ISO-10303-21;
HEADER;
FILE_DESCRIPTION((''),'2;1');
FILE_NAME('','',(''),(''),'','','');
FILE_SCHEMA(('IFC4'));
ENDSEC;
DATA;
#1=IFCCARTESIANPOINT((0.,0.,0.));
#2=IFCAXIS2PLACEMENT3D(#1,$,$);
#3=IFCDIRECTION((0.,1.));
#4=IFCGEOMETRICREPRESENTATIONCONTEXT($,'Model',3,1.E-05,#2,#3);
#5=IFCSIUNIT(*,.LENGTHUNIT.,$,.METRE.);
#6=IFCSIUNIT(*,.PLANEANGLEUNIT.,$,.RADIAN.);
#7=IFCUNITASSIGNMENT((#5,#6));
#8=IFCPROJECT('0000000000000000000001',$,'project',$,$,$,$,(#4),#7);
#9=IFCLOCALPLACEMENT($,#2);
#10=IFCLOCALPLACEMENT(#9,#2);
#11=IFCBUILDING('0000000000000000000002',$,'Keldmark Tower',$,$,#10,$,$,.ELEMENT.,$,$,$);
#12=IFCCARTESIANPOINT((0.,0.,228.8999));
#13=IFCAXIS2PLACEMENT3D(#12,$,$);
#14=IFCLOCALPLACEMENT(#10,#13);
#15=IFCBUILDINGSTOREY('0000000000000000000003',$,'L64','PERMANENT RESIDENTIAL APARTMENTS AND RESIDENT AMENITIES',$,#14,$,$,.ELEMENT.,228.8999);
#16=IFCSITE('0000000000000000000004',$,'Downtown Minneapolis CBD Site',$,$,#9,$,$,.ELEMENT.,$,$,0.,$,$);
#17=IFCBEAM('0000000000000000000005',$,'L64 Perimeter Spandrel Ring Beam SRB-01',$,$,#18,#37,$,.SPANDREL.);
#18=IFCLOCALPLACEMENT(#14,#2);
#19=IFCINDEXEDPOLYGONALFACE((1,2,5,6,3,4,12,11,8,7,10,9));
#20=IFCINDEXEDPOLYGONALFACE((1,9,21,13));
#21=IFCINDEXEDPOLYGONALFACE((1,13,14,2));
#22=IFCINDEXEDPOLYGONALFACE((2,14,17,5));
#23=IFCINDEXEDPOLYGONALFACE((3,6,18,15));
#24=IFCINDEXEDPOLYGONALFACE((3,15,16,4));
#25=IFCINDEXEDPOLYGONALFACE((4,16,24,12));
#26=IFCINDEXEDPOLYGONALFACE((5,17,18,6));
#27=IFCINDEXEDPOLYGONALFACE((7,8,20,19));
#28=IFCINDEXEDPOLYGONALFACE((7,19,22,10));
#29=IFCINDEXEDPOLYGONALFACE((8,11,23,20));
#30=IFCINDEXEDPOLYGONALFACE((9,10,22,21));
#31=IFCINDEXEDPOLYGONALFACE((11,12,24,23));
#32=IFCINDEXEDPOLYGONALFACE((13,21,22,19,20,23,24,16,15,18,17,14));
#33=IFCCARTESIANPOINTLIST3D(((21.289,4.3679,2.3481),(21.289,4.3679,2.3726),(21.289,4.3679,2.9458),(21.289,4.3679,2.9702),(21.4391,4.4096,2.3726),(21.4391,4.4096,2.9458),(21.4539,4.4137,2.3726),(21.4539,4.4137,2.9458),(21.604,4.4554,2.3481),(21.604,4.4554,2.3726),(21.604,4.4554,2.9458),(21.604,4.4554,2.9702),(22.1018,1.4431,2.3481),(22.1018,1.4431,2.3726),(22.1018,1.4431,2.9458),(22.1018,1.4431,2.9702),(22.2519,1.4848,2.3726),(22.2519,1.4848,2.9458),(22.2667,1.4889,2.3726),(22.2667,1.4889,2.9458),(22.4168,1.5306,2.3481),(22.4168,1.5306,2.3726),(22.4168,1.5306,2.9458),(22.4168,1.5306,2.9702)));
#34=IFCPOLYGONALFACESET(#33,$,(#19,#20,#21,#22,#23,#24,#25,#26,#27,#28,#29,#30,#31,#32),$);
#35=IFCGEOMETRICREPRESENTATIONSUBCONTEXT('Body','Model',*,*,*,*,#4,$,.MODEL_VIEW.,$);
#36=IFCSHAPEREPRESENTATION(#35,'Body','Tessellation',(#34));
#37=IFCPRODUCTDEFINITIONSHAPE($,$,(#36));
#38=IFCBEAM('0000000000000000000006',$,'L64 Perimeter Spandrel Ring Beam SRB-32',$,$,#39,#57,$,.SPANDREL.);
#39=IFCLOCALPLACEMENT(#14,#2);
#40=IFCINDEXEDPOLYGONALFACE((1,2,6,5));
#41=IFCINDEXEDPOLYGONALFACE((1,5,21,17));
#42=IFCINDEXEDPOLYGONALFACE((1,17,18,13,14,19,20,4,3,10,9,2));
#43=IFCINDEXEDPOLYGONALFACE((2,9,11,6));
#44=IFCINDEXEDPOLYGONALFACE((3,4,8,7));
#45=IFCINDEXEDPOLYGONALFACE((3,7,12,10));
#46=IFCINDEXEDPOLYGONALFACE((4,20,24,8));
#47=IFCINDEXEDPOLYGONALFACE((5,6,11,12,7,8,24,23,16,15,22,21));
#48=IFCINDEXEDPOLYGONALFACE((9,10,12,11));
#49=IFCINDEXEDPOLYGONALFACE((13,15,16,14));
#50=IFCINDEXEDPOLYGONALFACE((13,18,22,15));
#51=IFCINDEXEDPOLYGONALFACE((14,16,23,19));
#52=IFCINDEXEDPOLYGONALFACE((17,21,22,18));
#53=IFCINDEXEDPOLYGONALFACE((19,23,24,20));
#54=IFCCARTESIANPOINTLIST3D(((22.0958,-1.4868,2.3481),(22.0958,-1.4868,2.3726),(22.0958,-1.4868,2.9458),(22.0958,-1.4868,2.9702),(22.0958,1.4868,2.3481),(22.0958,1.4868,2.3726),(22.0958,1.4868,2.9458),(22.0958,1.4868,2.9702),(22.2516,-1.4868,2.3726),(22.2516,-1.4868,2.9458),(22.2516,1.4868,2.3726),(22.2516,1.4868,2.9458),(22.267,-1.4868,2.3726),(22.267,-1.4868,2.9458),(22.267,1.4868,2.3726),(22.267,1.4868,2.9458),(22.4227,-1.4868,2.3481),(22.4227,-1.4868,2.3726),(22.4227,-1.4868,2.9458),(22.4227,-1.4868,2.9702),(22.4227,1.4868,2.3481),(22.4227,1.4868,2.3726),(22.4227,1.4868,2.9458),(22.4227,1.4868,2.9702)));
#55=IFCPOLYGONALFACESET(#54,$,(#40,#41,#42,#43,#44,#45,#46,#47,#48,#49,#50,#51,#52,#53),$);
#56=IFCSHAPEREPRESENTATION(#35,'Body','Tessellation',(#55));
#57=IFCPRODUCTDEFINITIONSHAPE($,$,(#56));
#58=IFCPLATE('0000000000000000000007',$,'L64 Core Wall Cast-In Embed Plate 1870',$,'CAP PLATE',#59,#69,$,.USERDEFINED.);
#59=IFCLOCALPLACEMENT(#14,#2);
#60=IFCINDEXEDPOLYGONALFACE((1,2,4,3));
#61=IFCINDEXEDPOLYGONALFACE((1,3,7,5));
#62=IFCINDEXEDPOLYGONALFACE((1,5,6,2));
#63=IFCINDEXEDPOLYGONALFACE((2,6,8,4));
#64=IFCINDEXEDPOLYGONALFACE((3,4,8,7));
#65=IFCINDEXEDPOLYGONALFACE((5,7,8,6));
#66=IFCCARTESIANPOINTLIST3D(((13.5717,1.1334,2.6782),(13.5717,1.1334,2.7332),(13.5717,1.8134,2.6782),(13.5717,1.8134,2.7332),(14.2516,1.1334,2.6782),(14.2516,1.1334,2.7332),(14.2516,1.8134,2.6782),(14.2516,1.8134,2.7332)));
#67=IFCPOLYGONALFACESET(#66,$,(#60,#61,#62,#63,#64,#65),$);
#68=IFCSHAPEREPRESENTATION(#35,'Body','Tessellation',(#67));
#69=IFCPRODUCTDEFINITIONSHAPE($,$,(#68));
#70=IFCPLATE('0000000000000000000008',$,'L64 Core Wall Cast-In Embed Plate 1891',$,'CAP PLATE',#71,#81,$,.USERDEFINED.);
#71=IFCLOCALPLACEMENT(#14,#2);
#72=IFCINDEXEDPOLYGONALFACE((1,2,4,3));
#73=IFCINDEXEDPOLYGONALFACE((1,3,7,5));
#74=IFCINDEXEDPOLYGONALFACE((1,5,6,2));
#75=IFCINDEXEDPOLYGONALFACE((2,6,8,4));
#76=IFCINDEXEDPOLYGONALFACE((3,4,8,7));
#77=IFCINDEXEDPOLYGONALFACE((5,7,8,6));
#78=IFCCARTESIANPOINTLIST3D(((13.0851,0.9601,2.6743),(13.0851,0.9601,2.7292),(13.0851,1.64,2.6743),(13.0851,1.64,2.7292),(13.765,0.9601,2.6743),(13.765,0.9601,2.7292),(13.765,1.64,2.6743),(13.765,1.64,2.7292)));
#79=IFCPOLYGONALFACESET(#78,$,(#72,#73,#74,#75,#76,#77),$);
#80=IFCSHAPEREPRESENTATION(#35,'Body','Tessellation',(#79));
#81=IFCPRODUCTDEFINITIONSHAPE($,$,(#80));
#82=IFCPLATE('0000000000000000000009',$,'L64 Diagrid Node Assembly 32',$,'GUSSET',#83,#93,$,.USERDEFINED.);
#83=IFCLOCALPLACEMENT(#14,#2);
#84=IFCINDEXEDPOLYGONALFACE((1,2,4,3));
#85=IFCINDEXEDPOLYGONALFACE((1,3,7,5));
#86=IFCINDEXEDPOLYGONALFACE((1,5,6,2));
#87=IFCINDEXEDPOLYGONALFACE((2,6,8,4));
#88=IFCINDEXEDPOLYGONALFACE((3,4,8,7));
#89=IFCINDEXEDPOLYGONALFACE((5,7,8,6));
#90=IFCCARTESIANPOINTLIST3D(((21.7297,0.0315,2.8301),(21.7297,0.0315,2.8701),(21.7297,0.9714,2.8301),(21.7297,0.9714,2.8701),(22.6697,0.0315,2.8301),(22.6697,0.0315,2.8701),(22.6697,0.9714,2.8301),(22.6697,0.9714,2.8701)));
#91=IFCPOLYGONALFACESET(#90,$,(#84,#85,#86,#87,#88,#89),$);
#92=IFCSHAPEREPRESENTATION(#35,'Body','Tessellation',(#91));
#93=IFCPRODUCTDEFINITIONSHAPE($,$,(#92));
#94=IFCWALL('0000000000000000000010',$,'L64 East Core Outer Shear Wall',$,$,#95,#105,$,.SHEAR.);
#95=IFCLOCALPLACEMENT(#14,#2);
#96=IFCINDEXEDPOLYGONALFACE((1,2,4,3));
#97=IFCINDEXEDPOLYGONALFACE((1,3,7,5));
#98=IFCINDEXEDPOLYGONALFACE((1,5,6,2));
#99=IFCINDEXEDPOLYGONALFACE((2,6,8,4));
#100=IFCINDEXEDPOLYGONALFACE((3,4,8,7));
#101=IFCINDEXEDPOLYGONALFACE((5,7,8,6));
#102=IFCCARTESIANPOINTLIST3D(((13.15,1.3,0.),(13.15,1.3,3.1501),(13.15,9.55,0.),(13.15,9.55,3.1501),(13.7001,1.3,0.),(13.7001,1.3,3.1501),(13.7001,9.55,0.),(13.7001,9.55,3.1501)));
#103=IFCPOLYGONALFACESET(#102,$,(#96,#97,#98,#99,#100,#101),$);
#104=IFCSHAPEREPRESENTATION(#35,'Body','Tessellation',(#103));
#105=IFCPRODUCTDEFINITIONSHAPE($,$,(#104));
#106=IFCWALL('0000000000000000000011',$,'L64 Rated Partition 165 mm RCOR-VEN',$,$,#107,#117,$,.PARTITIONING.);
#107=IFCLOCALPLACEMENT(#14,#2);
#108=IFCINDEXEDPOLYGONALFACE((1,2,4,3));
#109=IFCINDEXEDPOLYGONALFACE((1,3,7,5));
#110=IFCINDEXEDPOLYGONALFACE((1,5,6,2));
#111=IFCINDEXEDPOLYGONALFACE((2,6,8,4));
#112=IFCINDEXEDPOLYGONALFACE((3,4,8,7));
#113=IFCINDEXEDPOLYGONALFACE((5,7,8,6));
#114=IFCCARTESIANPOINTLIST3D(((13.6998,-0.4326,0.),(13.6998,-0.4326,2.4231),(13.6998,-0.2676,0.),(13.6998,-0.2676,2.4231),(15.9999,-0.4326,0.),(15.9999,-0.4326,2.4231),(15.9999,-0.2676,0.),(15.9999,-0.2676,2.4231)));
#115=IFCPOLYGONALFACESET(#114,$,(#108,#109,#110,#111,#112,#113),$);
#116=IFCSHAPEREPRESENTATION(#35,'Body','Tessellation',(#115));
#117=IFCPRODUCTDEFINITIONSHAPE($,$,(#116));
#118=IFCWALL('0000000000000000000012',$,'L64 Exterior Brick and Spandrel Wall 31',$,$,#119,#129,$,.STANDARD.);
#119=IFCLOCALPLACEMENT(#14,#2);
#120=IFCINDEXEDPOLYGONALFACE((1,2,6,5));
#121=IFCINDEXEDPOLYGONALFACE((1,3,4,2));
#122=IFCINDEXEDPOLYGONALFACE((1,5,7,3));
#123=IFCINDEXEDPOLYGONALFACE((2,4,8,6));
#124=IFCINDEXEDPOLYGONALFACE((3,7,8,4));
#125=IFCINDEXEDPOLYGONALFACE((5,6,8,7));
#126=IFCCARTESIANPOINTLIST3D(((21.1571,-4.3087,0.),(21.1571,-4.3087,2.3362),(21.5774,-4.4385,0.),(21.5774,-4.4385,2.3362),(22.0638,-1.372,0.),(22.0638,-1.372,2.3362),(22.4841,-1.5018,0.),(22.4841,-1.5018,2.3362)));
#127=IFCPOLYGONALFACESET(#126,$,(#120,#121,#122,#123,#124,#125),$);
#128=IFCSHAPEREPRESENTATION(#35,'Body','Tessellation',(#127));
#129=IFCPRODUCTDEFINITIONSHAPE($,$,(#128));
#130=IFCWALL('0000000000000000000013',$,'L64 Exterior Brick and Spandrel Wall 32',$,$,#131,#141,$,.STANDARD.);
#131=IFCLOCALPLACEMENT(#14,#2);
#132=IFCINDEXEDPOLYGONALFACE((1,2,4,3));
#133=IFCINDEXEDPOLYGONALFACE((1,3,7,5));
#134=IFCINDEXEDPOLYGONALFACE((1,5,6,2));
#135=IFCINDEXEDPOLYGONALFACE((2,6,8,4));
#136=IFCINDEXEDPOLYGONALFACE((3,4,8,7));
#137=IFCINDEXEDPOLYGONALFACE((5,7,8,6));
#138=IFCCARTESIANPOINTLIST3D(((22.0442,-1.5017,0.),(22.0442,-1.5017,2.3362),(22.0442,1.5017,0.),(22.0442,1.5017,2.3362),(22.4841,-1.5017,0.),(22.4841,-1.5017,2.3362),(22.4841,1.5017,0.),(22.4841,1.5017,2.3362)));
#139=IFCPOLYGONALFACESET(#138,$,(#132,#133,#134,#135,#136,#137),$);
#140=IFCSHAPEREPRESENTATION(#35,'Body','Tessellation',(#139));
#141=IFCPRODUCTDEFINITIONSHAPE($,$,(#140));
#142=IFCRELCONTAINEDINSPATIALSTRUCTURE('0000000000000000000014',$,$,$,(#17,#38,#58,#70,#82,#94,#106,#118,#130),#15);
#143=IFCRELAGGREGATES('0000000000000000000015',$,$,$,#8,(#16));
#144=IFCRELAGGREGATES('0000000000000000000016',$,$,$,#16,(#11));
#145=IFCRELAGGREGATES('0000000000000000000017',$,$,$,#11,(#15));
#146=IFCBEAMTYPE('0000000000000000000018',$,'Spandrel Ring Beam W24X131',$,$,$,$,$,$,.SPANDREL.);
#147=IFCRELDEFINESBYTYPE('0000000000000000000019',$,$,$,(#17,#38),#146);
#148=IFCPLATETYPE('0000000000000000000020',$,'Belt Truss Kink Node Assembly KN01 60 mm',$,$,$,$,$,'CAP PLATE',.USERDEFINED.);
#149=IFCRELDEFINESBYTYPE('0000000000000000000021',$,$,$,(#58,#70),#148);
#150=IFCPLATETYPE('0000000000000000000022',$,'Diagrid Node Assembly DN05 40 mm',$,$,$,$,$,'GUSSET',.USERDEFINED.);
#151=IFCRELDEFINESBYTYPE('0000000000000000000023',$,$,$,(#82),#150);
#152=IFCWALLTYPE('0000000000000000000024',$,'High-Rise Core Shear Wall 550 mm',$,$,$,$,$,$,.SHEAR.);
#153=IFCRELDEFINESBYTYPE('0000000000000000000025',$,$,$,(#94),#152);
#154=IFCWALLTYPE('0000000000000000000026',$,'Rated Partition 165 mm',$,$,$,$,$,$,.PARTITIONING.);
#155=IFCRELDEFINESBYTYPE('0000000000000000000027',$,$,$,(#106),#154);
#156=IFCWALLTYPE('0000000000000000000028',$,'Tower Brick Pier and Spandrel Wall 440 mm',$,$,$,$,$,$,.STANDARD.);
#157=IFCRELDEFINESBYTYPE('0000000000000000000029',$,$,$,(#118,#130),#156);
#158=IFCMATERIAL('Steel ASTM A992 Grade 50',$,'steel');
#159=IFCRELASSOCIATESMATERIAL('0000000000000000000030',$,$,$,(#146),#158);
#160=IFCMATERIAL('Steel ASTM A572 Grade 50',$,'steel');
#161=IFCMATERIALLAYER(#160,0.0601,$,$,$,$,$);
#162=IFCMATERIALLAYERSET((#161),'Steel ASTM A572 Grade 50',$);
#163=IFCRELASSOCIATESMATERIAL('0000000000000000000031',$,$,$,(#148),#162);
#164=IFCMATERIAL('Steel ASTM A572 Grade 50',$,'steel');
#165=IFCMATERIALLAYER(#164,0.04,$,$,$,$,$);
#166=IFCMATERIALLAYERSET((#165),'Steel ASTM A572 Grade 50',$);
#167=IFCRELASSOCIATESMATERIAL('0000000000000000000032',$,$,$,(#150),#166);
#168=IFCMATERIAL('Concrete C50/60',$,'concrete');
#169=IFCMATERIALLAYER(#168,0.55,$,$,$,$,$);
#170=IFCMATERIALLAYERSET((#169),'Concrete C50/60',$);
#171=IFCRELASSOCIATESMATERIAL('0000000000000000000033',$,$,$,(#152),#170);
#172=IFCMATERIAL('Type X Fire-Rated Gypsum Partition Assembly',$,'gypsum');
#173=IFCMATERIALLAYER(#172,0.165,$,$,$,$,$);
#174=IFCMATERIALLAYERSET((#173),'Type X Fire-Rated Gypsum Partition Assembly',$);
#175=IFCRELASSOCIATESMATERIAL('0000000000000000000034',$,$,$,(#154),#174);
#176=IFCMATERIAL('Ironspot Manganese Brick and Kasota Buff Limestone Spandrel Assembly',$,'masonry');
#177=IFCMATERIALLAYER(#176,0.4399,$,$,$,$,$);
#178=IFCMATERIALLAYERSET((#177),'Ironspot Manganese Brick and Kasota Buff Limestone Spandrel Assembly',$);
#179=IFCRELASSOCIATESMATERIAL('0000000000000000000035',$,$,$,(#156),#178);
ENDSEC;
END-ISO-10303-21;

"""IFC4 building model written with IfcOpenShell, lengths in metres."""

from ifc_helpers import new_model, si_unit, direction, frame, frame_2d, origin, origin_2d, place, context, subcontext, project, spatial, rectangle, i_section, extrude, material, layer, layer_set, material_profile, profile_set, type_object, element, save


model = new_model("IFC4")

# Units and contexts
model_context = context("Model", 3, precision=1e-05, world=origin(), true_north=direction((0.0, 1.0)))
body_context = subcontext(model_context, "Body", "Model", "MODEL_VIEW")
ifc_project = project(units=[si_unit("LENGTHUNIT", "METRE"), si_unit("PLANEANGLEUNIT", "RADIAN")], contexts=[model_context])

# Site, building, storey
site_placement = place(None, origin())
site = spatial("IfcSite", under=ifc_project, at=site_placement, Name="Downtown Minneapolis CBD Site", CompositionType="ELEMENT", RefElevation=0.0)
building_placement = place(site_placement, origin())
building = spatial("IfcBuilding", under=site, at=building_placement, Name="Keldmark Tower", CompositionType="ELEMENT")
storey_placement = place(building_placement, frame((0.0, 0.0, 228.8999)))
storey = spatial("IfcBuildingStorey", under=building, at=storey_placement, Name="L64", Description="PERMANENT RESIDENTIAL APARTMENTS AND RESIDENT AMENITIES", CompositionType="ELEMENT", Elevation=228.8999)

# Beams
ifc_material_1 = material(Name="Steel ASTM A992 Grade 50", Category="steel")
ifc_material_profile_1 = material_profile(ifc_material_1, i_section(OverallWidth=0.3269, OverallDepth=0.6221, WebThickness=0.0154, FlangeThickness=0.0244, at=origin_2d()), Name="W24X131")
ifc_profile_set_1 = profile_set([ifc_material_profile_1], Name="Steel ASTM A992 Grade 50")
beam_type_1 = type_object("IfcBeamType", Name="Spandrel Ring Beam W24X131", PredefinedType="SPANDREL", material=ifc_profile_set_1)
beam_1_placement = place(storey_placement, frame((22.2593, 1.4868, 2.6592), z_axis=(-0.267735, 0.963493, 0.0), x_axis=(-0.963493, -0.267735, 0.0)))
element("IfcBeam", 1, at=beam_1_placement, inside=storey, type_object=beam_type_1, Name="L64 Perimeter Spandrel Ring Beam SRB-01", PredefinedType="SPANDREL", context=body_context, shape_type="SweptSolid", body=[
    extrude(i_section(OverallWidth=0.3269, OverallDepth=0.6221, WebThickness=0.0154, FlangeThickness=0.0244, at=origin_2d()), origin(), (0.0, 0.0, 1.0), 3.0356),
])
beam_2_placement = place(storey_placement, frame((22.2593, -1.4868, 2.6592), z_axis=(0.0, 1.0, 0.0), x_axis=(-1.0, 0.0, 0.0)))
element("IfcBeam", 2, at=beam_2_placement, inside=storey, type_object=beam_type_1, Name="L64 Perimeter Spandrel Ring Beam SRB-32", PredefinedType="SPANDREL", context=body_context, shape_type="SweptSolid", body=[
    extrude(i_section(OverallWidth=0.3269, OverallDepth=0.6221, WebThickness=0.0154, FlangeThickness=0.0244, at=origin_2d()), origin(), (0.0, 0.0, 1.0), 2.9736),
])

# Plates
ifc_material_2 = material(Name="Steel ASTM A572 Grade 50", Category="steel")
ifc_layer_1 = layer(ifc_material_2, 0.0601)
ifc_layer_set_1 = layer_set([ifc_layer_1], Name="Steel ASTM A572 Grade 50")
plate_type_1 = type_object("IfcPlateType", Name="Belt Truss Kink Node Assembly KN01 60 mm", ElementType="CAP PLATE", PredefinedType="USERDEFINED", material=ifc_layer_set_1)
for number, where, z_axis, x_axis, name in (
    (3, (13.9116, 1.4734, 2.6782), (0.0, 0.0, 1.0), (1.0, 0.0, 0.0), "L64 Core Wall Cast-In Embed Plate 1870"),
    (4, (13.425, 1.3, 2.6743), (0.0, 0.0, 1.0), (1.0, 0.0, 0.0), "L64 Core Wall Cast-In Embed Plate 1891"),
):
    element("IfcPlate", number, at=place(storey_placement, frame(where, z_axis=z_axis, x_axis=x_axis)), inside=storey, type_object=plate_type_1, Name=name, ObjectType="CAP PLATE", PredefinedType="USERDEFINED", context=body_context, shape_type="SweptSolid", body=[
        extrude(rectangle(XDim=0.6799, YDim=0.6799, at=origin_2d()), origin(), (0.0, 0.0, 1.0), 0.0549),
    ])
ifc_material_3 = material(Name="Steel ASTM A572 Grade 50", Category="steel")
ifc_layer_2 = layer(ifc_material_3, 0.04)
ifc_layer_set_2 = layer_set([ifc_layer_2], Name="Steel ASTM A572 Grade 50")
plate_type_2 = type_object("IfcPlateType", Name="Diagrid Node Assembly DN05 40 mm", ElementType="GUSSET", PredefinedType="USERDEFINED", material=ifc_layer_set_2)
plate_placement = place(storey_placement, frame((22.1997, 0.5015, 2.8301), z_axis=(0.0, 0.0, 1.0), x_axis=(0.0, 1.0, 0.0)))
element("IfcPlate", 5, at=plate_placement, inside=storey, type_object=plate_type_2, Name="L64 Diagrid Node Assembly 32", ObjectType="GUSSET", PredefinedType="USERDEFINED", context=body_context, shape_type="SweptSolid", body=[
    extrude(rectangle(XDim=0.9399, YDim=0.9399, at=origin_2d()), origin(), (0.0, 0.0, 1.0), 0.04),
])

# Wall
ifc_material_4 = material(Name="Concrete C50/60", Category="concrete")
ifc_layer_3 = layer(ifc_material_4, 0.55)
ifc_layer_set_3 = layer_set([ifc_layer_3], Name="Concrete C50/60")
wall_type_1 = type_object("IfcWallType", Name="High-Rise Core Shear Wall 550 mm", PredefinedType="SHEAR", material=ifc_layer_set_3)
wall_1_placement = place(storey_placement, frame((13.425, 1.3, 0.0), z_axis=(0.0, 0.0, 1.0), x_axis=(0.0, 1.0, 0.0)))
element("IfcWall", 6, at=wall_1_placement, inside=storey, type_object=wall_type_1, Name="L64 East Core Outer Shear Wall", PredefinedType="SHEAR", context=body_context, shape_type="SweptSolid", body=[
    extrude(rectangle(XDim=8.25, YDim=0.55, at=frame_2d((4.125, 0.0))), origin(), (0.0, 0.0, 1.0), 3.1501),
])

# Shared definitions
ifc_material_5 = material(Name="Type X Fire-Rated Gypsum Partition Assembly", Category="gypsum")
ifc_layer_4 = layer(ifc_material_5, 0.165)
ifc_layer_set_4 = layer_set([ifc_layer_4], Name="Type X Fire-Rated Gypsum Partition Assembly")
wall_type_2 = type_object("IfcWallType", Name="Rated Partition 165 mm", PredefinedType="PARTITIONING", material=ifc_layer_set_4)

# Walls
wall_2_placement = place(storey_placement, frame((13.7, -0.3501, 0.0), z_axis=(0.0, 0.0, 1.0), x_axis=(1.0, 0.0, 0.0)))
element("IfcWall", 7, at=wall_2_placement, inside=storey, type_object=wall_type_2, Name="L64 Rated Partition 165 mm RCOR-VEN", PredefinedType="PARTITIONING", context=body_context, shape_type="SweptSolid", body=[
    extrude(rectangle(XDim=2.3, YDim=0.165, at=frame_2d((1.1499, 0.0))), origin(), (0.0, 0.0, 1.0), 2.4231),
])
ifc_material_6 = material(Name="Ironspot Manganese Brick and Kasota Buff Limestone Spandrel Assembly", Category="masonry")
ifc_layer_5 = layer(ifc_material_6, 0.4399)
ifc_layer_set_5 = layer_set([ifc_layer_5], Name="Ironspot Manganese Brick and Kasota Buff Limestone Spandrel Assembly")
wall_type_3 = type_object("IfcWallType", Name="Tower Brick Pier and Spandrel Wall 440 mm", PredefinedType="STANDARD", material=ifc_layer_set_5)
wall_3_placement = place(storey_placement, frame((22.2739, -1.437, 0.0), z_axis=(0.0, 0.0, 1.0), x_axis=(-0.295012, -0.955493, 0.0)))
element("IfcWall", 8, at=wall_3_placement, inside=storey, type_object=wall_type_3, Name="L64 Exterior Brick and Spandrel Wall 31", PredefinedType="STANDARD", context=body_context, shape_type="SweptSolid", body=[
    extrude(rectangle(XDim=3.0735, YDim=0.4399, at=frame_2d((1.5366, 0.0))), origin(), (0.0, 0.0, 1.0), 2.3362),
])
wall_4_placement = place(storey_placement, frame((22.2642, 1.5017, 0.0), z_axis=(0.0, 0.0, 1.0), x_axis=(0.0, -1.0, 0.0)))
element("IfcWall", 9, at=wall_4_placement, inside=storey, type_object=wall_type_3, Name="L64 Exterior Brick and Spandrel Wall 32", PredefinedType="STANDARD", context=body_context, shape_type="SweptSolid", body=[
    extrude(rectangle(XDim=3.0034, YDim=0.4399, at=frame_2d((1.5017, 0.0))), origin(), (0.0, 0.0, 1.0), 2.3362),
])

save(model, "model.ifc")
